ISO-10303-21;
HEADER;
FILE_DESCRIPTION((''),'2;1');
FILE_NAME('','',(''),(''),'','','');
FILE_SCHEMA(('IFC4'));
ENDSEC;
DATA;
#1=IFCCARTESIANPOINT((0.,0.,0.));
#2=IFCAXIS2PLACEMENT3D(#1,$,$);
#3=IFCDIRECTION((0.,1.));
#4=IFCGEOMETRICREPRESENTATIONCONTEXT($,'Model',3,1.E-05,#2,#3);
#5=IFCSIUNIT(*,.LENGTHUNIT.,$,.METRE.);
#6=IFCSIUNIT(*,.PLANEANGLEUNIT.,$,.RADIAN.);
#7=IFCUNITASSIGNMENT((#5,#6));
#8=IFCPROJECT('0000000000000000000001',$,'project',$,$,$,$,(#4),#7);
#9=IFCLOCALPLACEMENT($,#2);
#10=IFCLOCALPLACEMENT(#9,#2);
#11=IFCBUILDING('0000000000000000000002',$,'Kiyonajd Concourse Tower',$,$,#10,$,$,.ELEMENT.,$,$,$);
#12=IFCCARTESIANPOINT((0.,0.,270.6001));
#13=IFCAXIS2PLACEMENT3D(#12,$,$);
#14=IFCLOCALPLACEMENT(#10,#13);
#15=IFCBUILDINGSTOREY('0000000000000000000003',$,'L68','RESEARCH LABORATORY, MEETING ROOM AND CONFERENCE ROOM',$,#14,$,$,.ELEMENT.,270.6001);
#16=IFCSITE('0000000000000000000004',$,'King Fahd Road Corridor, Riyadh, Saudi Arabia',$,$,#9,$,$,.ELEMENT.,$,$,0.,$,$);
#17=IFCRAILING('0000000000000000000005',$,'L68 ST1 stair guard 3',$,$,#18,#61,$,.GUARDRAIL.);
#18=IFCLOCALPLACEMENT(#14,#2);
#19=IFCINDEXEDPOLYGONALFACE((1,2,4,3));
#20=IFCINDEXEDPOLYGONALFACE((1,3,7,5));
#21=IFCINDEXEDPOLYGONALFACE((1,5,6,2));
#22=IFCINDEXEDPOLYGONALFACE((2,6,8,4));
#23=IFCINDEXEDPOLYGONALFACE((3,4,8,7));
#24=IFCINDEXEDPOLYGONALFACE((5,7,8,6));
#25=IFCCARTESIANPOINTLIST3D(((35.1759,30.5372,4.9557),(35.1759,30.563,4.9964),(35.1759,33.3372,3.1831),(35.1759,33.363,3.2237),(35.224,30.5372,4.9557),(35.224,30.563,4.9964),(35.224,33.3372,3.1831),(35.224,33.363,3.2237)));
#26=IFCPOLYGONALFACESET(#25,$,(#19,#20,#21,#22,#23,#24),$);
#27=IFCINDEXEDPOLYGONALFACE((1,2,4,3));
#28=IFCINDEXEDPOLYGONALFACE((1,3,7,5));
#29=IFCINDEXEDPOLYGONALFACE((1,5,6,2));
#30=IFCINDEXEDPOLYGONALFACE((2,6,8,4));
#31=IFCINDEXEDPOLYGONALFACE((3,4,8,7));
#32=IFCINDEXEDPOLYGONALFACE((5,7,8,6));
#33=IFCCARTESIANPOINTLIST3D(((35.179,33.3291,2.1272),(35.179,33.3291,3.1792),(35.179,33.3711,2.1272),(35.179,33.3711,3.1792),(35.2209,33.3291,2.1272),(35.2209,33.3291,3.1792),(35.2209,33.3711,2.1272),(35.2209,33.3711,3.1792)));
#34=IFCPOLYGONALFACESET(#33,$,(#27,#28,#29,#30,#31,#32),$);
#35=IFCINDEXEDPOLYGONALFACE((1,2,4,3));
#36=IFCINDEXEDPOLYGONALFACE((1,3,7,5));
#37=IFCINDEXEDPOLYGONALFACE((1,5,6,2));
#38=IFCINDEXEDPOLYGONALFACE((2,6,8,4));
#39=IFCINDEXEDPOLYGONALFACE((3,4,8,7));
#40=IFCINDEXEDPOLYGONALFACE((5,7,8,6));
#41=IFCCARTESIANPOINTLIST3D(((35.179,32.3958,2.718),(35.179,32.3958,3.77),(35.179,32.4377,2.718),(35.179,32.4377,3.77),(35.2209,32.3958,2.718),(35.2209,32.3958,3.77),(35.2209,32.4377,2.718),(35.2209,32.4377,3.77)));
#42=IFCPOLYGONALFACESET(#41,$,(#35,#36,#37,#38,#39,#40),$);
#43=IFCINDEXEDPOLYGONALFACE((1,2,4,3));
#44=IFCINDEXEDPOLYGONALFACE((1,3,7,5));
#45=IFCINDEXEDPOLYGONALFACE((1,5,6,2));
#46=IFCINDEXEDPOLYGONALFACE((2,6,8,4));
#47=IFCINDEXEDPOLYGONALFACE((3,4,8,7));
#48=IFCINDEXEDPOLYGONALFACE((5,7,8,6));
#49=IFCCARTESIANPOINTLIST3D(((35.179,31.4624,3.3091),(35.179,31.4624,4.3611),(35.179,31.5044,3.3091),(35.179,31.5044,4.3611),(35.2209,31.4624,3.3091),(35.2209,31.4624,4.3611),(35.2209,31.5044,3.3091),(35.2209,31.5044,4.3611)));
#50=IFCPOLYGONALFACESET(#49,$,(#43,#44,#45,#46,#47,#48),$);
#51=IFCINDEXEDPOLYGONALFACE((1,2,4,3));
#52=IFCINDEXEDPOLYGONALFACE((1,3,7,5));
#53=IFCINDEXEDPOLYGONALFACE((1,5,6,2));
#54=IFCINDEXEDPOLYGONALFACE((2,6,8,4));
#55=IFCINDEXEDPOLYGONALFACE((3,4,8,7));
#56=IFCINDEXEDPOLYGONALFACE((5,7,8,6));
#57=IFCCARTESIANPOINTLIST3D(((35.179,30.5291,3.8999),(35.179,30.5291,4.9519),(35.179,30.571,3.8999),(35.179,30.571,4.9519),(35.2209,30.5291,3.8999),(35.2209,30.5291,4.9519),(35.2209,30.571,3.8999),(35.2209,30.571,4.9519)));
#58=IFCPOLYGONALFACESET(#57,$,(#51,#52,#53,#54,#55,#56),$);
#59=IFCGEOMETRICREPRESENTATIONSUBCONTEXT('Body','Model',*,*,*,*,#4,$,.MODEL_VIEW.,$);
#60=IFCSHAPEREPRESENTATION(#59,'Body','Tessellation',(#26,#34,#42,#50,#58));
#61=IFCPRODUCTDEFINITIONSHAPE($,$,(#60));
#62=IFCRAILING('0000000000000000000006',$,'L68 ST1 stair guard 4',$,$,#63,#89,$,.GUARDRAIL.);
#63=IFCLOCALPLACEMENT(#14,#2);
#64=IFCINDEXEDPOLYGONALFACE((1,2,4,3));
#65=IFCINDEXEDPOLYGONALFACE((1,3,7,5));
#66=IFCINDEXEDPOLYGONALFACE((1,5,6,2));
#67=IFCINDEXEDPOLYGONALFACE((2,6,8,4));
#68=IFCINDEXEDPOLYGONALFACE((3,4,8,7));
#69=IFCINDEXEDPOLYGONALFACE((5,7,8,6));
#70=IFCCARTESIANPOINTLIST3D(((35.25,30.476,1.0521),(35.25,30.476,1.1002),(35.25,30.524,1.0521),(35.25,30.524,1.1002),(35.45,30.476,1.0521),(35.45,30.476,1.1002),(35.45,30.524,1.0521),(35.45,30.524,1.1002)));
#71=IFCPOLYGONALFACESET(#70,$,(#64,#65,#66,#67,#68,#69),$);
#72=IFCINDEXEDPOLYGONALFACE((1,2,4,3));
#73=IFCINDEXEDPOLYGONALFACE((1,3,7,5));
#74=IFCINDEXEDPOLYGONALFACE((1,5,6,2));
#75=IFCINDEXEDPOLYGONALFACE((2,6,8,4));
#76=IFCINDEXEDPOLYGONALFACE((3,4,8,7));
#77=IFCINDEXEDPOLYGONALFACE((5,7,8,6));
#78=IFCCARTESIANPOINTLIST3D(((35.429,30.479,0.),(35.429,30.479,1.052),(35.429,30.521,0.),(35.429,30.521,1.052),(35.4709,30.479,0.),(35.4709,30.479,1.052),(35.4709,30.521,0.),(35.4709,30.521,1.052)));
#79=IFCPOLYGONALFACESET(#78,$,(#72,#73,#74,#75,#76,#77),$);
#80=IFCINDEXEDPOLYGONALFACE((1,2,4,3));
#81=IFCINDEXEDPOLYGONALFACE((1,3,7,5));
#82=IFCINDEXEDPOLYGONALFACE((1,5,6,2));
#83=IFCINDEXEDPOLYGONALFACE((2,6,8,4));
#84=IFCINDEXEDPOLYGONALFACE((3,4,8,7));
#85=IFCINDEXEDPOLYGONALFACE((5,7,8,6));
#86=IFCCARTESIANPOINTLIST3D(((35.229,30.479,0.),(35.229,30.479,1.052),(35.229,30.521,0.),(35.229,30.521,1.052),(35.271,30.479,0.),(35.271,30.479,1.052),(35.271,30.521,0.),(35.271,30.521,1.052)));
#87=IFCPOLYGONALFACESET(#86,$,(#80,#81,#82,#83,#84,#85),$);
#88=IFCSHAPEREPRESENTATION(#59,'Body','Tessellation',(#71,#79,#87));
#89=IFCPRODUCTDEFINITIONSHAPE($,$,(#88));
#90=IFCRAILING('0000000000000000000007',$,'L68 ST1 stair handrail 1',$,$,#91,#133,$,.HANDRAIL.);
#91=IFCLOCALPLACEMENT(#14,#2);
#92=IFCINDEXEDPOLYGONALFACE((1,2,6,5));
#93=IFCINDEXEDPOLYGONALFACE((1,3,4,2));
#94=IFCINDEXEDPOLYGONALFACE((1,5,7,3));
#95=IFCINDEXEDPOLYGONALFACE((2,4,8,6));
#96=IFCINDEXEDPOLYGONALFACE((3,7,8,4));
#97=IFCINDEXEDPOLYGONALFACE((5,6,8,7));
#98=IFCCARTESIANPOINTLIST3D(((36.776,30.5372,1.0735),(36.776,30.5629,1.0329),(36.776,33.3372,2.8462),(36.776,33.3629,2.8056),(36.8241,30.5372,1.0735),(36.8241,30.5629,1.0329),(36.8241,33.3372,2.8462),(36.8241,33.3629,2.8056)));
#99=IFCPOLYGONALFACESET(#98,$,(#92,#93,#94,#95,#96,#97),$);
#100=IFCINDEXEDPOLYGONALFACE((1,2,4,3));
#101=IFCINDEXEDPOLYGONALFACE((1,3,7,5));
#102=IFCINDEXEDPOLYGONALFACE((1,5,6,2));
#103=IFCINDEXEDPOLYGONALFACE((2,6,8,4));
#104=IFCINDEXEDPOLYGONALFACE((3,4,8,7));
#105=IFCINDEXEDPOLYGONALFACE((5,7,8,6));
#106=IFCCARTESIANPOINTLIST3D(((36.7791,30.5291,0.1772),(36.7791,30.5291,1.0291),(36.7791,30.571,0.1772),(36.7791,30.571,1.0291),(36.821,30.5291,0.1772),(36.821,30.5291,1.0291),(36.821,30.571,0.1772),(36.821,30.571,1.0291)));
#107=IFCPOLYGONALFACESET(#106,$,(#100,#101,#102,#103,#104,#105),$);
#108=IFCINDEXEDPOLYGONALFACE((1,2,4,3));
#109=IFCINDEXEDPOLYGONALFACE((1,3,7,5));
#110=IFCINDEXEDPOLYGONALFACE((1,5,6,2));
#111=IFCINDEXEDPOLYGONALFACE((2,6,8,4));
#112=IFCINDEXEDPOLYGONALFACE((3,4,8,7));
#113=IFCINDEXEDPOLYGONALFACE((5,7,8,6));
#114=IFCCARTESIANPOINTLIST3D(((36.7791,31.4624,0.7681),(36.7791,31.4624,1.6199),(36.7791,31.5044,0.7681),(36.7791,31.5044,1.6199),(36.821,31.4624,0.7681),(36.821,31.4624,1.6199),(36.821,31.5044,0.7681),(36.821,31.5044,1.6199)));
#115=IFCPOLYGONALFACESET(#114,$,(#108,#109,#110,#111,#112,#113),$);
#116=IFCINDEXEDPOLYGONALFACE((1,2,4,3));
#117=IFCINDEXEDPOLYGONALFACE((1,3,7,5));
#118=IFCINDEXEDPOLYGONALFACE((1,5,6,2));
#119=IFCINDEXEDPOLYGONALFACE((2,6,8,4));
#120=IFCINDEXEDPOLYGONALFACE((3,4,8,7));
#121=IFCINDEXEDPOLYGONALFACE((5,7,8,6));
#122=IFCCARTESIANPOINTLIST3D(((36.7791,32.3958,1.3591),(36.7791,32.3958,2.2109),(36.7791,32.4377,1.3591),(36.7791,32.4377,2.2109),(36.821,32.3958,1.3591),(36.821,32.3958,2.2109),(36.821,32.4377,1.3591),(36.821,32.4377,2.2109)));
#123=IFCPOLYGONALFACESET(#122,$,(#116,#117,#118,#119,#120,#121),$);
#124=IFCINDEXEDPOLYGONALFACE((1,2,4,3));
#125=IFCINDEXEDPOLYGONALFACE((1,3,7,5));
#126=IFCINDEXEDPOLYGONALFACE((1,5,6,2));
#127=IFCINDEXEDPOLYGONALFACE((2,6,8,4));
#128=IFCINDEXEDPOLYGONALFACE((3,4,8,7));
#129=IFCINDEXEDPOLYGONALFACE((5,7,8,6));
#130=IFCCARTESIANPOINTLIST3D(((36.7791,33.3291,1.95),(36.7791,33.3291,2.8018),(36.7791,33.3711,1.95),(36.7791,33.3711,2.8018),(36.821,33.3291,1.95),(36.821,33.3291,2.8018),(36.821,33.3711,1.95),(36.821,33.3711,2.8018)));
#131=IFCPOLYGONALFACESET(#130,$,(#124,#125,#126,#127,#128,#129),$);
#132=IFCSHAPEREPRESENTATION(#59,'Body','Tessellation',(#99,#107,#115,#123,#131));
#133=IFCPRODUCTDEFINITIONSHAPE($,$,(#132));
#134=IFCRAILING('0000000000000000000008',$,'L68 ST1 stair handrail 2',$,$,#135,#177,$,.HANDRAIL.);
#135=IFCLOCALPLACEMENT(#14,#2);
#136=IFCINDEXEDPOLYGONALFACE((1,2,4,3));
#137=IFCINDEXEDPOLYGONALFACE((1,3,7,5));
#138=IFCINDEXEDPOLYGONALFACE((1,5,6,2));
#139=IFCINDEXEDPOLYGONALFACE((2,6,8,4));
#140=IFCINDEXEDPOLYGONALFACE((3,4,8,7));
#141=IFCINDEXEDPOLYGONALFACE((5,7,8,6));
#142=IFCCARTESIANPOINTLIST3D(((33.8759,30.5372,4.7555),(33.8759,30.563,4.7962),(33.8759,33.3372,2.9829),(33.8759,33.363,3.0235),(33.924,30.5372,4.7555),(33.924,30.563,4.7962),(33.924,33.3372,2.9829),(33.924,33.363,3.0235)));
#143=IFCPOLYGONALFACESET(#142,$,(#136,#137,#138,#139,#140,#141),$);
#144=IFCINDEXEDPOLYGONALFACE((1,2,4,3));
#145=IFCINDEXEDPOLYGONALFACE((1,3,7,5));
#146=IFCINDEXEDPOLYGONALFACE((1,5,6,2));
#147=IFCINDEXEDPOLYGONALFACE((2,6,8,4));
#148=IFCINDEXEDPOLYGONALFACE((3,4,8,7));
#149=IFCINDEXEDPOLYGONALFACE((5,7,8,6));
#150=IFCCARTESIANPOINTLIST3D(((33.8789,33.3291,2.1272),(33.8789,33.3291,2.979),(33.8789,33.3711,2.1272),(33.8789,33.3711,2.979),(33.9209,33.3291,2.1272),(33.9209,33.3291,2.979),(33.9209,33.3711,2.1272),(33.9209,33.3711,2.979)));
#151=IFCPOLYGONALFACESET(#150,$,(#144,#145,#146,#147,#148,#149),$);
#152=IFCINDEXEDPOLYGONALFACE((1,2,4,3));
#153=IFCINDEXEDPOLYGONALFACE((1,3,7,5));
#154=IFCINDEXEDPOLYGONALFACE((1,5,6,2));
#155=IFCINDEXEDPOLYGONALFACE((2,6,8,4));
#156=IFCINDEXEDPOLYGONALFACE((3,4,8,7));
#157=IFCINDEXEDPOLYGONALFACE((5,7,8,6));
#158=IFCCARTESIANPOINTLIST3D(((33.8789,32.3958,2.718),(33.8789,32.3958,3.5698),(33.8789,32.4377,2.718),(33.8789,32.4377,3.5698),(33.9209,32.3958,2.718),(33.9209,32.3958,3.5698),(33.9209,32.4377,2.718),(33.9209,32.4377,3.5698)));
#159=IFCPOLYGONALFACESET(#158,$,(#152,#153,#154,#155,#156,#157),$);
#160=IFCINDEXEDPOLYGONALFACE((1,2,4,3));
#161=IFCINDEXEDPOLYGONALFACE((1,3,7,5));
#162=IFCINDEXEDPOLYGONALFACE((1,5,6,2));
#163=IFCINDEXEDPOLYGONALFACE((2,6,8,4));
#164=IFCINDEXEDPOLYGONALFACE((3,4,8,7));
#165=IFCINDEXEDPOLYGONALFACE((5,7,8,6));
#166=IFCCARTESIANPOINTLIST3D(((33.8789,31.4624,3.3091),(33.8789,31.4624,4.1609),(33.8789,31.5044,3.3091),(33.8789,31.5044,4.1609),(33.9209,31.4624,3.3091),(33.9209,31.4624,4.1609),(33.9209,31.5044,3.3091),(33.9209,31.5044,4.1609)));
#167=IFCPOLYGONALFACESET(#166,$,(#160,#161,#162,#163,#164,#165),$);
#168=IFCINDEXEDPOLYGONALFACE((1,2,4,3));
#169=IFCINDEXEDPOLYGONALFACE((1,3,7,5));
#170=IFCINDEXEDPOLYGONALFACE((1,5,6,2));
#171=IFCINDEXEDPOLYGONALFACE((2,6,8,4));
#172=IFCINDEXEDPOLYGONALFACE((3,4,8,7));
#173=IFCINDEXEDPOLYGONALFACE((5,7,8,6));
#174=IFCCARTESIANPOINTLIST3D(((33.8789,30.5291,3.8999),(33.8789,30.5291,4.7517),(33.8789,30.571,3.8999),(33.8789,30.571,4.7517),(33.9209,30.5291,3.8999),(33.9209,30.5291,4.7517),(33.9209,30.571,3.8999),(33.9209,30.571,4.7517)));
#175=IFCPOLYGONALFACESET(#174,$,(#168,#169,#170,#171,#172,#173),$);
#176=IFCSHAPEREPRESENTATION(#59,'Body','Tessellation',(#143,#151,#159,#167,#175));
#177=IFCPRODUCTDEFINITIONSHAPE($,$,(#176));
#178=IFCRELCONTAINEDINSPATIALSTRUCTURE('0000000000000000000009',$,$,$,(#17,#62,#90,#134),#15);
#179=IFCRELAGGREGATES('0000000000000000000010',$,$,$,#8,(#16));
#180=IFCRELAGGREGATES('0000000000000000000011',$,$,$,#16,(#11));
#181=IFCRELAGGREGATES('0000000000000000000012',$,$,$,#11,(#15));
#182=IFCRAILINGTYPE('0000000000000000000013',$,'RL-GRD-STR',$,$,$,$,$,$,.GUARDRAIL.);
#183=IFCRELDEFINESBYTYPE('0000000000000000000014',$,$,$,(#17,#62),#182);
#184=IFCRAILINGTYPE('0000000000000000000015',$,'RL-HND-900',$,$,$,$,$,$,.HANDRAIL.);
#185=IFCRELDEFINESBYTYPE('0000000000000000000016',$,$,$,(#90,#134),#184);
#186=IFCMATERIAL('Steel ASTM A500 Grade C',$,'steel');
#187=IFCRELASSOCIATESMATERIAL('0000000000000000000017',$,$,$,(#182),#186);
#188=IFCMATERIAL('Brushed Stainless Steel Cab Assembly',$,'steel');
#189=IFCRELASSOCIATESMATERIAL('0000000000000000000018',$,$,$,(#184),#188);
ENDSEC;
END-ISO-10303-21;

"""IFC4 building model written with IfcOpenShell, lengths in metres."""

from ifc_helpers import new_model, si_unit, direction, frame, origin, origin_2d, place, context, subcontext, project, spatial, rectangle, extrude, material, type_object, element, save


model = new_model("IFC4")

# Units and contexts
model_context = context("Model", 3, precision=1e-05, world=origin(), true_north=direction((0.0, 1.0)))
body_context = subcontext(model_context, "Body", "Model", "MODEL_VIEW")
ifc_project = project(units=[si_unit("LENGTHUNIT", "METRE"), si_unit("PLANEANGLEUNIT", "RADIAN")], contexts=[model_context])

# Site, building, storey
site_placement = place(None, origin())
site = spatial("IfcSite", under=ifc_project, at=site_placement, Name="King Fahd Road Corridor, Riyadh, Saudi Arabia", CompositionType="ELEMENT", RefElevation=0.0)
building_placement = place(site_placement, origin())
building = spatial("IfcBuilding", under=site, at=building_placement, Name="Kiyonajd Concourse Tower", CompositionType="ELEMENT")
storey_placement = place(building_placement, frame((0.0, 0.0, 270.6001)))
storey = spatial("IfcBuildingStorey", under=building, at=storey_placement, Name="L68", Description="RESEARCH LABORATORY, MEETING ROOM AND CONFERENCE ROOM", CompositionType="ELEMENT", Elevation=270.6001)

# Shared definitions
ifc_material_1 = material(Name="Brushed Stainless Steel Cab Assembly", Category="steel")

# Railings
ifc_material_2 = material(Name="Steel ASTM A500 Grade C", Category="steel")
railing_type_1 = type_object("IfcRailingType", Name="RL-GRD-STR", PredefinedType="GUARDRAIL", material=ifc_material_2)
railing_1_placement = place(storey_placement, frame((35.2, 33.3501, 2.1272)))
element("IfcRailing", 1, at=railing_1_placement, inside=storey, type_object=railing_type_1, Name="L68 ST1 stair guard 3", PredefinedType="GUARDRAIL", context=body_context, shape_type="SweptSolid", body=[
    extrude(rectangle(XDim=0.0481, YDim=0.0481, at=origin_2d()), frame((0.0, 0.0, 1.0762), z_axis=(0.0, -0.844909, 0.53491), x_axis=(1.0, 0.0, 0.0)), (0.0, 0.0, 1.0), 3.314),
    extrude(rectangle(XDim=0.042, YDim=0.042, at=origin_2d()), origin(), (0.0, 0.0, 1.0), 1.052),
    extrude(rectangle(XDim=0.042, YDim=0.042, at=origin_2d()), frame((0.0, -0.9333, 0.5908)), (0.0, 0.0, 1.0), 1.052),
    extrude(rectangle(XDim=0.042, YDim=0.042, at=origin_2d()), frame((0.0, -1.8667, 1.1819)), (0.0, 0.0, 1.0), 1.052),
    extrude(rectangle(XDim=0.042, YDim=0.042, at=origin_2d()), frame((0.0, -2.8, 1.7727)), (0.0, 0.0, 1.0), 1.052),
])
railing_2_placement = place(storey_placement, frame((35.45, 30.5, 0.0)))
element("IfcRailing", 2, at=railing_2_placement, inside=storey, type_object=railing_type_1, Name="L68 ST1 stair guard 4", PredefinedType="GUARDRAIL", context=body_context, shape_type="SweptSolid", body=[
    extrude(rectangle(XDim=0.0481, YDim=0.0481, at=origin_2d()), frame((0.0, 0.0, 1.0762), z_axis=(-1.0, 0.0, 0.0), x_axis=(0.0, -1.0, 0.0)), (0.0, 0.0, 1.0), 0.2),
    extrude(rectangle(XDim=0.042, YDim=0.042, at=origin_2d()), origin(), (0.0, 0.0, 1.0), 1.052),
    extrude(rectangle(XDim=0.042, YDim=0.042, at=origin_2d()), frame((-0.2, 0.0, 0.0)), (0.0, 0.0, 1.0), 1.052),
])
railing_type_2 = type_object("IfcRailingType", Name="RL-HND-900", PredefinedType="HANDRAIL", material=ifc_material_1)
railing_3_placement = place(storey_placement, frame((36.8, 30.55, 0.1772)))
element("IfcRailing", 3, at=railing_3_placement, inside=storey, type_object=railing_type_2, Name="L68 ST1 stair handrail 1", PredefinedType="HANDRAIL", context=body_context, shape_type="SweptSolid", body=[
    extrude(rectangle(XDim=0.0481, YDim=0.0481, at=origin_2d()), frame((0.0, 0.0, 0.876), z_axis=(0.0, 0.844909, 0.53491), x_axis=(-1.0, 0.0, 0.0)), (0.0, 0.0, 1.0), 3.314),
    extrude(rectangle(XDim=0.042, YDim=0.042, at=origin_2d()), origin(), (0.0, 0.0, 1.0), 0.8518),
    extrude(rectangle(XDim=0.042, YDim=0.042, at=origin_2d()), frame((0.0, 0.9333, 0.5908)), (0.0, 0.0, 1.0), 0.8518),
    extrude(rectangle(XDim=0.042, YDim=0.042, at=origin_2d()), frame((0.0, 1.8667, 1.1819)), (0.0, 0.0, 1.0), 0.8518),
    extrude(rectangle(XDim=0.042, YDim=0.042, at=origin_2d()), frame((0.0, 2.8, 1.7727)), (0.0, 0.0, 1.0), 0.8518),
])
railing_4_placement = place(storey_placement, frame((33.8999, 33.3501, 2.1272)))
element("IfcRailing", 4, at=railing_4_placement, inside=storey, type_object=railing_type_2, Name="L68 ST1 stair handrail 2", PredefinedType="HANDRAIL", context=body_context, shape_type="SweptSolid", body=[
    extrude(rectangle(XDim=0.0481, YDim=0.0481, at=origin_2d()), frame((0.0, 0.0, 0.876), z_axis=(0.0, -0.844909, 0.53491), x_axis=(1.0, 0.0, 0.0)), (0.0, 0.0, 1.0), 3.314),
    extrude(rectangle(XDim=0.042, YDim=0.042, at=origin_2d()), origin(), (0.0, 0.0, 1.0), 0.8518),
    extrude(rectangle(XDim=0.042, YDim=0.042, at=origin_2d()), frame((0.0, -0.9333, 0.5908)), (0.0, 0.0, 1.0), 0.8518),
    extrude(rectangle(XDim=0.042, YDim=0.042, at=origin_2d()), frame((0.0, -1.8667, 1.1819)), (0.0, 0.0, 1.0), 0.8518),
    extrude(rectangle(XDim=0.042, YDim=0.042, at=origin_2d()), frame((0.0, -2.8, 1.7727)), (0.0, 0.0, 1.0), 0.8518),
])

save(model, "model.ifc")
